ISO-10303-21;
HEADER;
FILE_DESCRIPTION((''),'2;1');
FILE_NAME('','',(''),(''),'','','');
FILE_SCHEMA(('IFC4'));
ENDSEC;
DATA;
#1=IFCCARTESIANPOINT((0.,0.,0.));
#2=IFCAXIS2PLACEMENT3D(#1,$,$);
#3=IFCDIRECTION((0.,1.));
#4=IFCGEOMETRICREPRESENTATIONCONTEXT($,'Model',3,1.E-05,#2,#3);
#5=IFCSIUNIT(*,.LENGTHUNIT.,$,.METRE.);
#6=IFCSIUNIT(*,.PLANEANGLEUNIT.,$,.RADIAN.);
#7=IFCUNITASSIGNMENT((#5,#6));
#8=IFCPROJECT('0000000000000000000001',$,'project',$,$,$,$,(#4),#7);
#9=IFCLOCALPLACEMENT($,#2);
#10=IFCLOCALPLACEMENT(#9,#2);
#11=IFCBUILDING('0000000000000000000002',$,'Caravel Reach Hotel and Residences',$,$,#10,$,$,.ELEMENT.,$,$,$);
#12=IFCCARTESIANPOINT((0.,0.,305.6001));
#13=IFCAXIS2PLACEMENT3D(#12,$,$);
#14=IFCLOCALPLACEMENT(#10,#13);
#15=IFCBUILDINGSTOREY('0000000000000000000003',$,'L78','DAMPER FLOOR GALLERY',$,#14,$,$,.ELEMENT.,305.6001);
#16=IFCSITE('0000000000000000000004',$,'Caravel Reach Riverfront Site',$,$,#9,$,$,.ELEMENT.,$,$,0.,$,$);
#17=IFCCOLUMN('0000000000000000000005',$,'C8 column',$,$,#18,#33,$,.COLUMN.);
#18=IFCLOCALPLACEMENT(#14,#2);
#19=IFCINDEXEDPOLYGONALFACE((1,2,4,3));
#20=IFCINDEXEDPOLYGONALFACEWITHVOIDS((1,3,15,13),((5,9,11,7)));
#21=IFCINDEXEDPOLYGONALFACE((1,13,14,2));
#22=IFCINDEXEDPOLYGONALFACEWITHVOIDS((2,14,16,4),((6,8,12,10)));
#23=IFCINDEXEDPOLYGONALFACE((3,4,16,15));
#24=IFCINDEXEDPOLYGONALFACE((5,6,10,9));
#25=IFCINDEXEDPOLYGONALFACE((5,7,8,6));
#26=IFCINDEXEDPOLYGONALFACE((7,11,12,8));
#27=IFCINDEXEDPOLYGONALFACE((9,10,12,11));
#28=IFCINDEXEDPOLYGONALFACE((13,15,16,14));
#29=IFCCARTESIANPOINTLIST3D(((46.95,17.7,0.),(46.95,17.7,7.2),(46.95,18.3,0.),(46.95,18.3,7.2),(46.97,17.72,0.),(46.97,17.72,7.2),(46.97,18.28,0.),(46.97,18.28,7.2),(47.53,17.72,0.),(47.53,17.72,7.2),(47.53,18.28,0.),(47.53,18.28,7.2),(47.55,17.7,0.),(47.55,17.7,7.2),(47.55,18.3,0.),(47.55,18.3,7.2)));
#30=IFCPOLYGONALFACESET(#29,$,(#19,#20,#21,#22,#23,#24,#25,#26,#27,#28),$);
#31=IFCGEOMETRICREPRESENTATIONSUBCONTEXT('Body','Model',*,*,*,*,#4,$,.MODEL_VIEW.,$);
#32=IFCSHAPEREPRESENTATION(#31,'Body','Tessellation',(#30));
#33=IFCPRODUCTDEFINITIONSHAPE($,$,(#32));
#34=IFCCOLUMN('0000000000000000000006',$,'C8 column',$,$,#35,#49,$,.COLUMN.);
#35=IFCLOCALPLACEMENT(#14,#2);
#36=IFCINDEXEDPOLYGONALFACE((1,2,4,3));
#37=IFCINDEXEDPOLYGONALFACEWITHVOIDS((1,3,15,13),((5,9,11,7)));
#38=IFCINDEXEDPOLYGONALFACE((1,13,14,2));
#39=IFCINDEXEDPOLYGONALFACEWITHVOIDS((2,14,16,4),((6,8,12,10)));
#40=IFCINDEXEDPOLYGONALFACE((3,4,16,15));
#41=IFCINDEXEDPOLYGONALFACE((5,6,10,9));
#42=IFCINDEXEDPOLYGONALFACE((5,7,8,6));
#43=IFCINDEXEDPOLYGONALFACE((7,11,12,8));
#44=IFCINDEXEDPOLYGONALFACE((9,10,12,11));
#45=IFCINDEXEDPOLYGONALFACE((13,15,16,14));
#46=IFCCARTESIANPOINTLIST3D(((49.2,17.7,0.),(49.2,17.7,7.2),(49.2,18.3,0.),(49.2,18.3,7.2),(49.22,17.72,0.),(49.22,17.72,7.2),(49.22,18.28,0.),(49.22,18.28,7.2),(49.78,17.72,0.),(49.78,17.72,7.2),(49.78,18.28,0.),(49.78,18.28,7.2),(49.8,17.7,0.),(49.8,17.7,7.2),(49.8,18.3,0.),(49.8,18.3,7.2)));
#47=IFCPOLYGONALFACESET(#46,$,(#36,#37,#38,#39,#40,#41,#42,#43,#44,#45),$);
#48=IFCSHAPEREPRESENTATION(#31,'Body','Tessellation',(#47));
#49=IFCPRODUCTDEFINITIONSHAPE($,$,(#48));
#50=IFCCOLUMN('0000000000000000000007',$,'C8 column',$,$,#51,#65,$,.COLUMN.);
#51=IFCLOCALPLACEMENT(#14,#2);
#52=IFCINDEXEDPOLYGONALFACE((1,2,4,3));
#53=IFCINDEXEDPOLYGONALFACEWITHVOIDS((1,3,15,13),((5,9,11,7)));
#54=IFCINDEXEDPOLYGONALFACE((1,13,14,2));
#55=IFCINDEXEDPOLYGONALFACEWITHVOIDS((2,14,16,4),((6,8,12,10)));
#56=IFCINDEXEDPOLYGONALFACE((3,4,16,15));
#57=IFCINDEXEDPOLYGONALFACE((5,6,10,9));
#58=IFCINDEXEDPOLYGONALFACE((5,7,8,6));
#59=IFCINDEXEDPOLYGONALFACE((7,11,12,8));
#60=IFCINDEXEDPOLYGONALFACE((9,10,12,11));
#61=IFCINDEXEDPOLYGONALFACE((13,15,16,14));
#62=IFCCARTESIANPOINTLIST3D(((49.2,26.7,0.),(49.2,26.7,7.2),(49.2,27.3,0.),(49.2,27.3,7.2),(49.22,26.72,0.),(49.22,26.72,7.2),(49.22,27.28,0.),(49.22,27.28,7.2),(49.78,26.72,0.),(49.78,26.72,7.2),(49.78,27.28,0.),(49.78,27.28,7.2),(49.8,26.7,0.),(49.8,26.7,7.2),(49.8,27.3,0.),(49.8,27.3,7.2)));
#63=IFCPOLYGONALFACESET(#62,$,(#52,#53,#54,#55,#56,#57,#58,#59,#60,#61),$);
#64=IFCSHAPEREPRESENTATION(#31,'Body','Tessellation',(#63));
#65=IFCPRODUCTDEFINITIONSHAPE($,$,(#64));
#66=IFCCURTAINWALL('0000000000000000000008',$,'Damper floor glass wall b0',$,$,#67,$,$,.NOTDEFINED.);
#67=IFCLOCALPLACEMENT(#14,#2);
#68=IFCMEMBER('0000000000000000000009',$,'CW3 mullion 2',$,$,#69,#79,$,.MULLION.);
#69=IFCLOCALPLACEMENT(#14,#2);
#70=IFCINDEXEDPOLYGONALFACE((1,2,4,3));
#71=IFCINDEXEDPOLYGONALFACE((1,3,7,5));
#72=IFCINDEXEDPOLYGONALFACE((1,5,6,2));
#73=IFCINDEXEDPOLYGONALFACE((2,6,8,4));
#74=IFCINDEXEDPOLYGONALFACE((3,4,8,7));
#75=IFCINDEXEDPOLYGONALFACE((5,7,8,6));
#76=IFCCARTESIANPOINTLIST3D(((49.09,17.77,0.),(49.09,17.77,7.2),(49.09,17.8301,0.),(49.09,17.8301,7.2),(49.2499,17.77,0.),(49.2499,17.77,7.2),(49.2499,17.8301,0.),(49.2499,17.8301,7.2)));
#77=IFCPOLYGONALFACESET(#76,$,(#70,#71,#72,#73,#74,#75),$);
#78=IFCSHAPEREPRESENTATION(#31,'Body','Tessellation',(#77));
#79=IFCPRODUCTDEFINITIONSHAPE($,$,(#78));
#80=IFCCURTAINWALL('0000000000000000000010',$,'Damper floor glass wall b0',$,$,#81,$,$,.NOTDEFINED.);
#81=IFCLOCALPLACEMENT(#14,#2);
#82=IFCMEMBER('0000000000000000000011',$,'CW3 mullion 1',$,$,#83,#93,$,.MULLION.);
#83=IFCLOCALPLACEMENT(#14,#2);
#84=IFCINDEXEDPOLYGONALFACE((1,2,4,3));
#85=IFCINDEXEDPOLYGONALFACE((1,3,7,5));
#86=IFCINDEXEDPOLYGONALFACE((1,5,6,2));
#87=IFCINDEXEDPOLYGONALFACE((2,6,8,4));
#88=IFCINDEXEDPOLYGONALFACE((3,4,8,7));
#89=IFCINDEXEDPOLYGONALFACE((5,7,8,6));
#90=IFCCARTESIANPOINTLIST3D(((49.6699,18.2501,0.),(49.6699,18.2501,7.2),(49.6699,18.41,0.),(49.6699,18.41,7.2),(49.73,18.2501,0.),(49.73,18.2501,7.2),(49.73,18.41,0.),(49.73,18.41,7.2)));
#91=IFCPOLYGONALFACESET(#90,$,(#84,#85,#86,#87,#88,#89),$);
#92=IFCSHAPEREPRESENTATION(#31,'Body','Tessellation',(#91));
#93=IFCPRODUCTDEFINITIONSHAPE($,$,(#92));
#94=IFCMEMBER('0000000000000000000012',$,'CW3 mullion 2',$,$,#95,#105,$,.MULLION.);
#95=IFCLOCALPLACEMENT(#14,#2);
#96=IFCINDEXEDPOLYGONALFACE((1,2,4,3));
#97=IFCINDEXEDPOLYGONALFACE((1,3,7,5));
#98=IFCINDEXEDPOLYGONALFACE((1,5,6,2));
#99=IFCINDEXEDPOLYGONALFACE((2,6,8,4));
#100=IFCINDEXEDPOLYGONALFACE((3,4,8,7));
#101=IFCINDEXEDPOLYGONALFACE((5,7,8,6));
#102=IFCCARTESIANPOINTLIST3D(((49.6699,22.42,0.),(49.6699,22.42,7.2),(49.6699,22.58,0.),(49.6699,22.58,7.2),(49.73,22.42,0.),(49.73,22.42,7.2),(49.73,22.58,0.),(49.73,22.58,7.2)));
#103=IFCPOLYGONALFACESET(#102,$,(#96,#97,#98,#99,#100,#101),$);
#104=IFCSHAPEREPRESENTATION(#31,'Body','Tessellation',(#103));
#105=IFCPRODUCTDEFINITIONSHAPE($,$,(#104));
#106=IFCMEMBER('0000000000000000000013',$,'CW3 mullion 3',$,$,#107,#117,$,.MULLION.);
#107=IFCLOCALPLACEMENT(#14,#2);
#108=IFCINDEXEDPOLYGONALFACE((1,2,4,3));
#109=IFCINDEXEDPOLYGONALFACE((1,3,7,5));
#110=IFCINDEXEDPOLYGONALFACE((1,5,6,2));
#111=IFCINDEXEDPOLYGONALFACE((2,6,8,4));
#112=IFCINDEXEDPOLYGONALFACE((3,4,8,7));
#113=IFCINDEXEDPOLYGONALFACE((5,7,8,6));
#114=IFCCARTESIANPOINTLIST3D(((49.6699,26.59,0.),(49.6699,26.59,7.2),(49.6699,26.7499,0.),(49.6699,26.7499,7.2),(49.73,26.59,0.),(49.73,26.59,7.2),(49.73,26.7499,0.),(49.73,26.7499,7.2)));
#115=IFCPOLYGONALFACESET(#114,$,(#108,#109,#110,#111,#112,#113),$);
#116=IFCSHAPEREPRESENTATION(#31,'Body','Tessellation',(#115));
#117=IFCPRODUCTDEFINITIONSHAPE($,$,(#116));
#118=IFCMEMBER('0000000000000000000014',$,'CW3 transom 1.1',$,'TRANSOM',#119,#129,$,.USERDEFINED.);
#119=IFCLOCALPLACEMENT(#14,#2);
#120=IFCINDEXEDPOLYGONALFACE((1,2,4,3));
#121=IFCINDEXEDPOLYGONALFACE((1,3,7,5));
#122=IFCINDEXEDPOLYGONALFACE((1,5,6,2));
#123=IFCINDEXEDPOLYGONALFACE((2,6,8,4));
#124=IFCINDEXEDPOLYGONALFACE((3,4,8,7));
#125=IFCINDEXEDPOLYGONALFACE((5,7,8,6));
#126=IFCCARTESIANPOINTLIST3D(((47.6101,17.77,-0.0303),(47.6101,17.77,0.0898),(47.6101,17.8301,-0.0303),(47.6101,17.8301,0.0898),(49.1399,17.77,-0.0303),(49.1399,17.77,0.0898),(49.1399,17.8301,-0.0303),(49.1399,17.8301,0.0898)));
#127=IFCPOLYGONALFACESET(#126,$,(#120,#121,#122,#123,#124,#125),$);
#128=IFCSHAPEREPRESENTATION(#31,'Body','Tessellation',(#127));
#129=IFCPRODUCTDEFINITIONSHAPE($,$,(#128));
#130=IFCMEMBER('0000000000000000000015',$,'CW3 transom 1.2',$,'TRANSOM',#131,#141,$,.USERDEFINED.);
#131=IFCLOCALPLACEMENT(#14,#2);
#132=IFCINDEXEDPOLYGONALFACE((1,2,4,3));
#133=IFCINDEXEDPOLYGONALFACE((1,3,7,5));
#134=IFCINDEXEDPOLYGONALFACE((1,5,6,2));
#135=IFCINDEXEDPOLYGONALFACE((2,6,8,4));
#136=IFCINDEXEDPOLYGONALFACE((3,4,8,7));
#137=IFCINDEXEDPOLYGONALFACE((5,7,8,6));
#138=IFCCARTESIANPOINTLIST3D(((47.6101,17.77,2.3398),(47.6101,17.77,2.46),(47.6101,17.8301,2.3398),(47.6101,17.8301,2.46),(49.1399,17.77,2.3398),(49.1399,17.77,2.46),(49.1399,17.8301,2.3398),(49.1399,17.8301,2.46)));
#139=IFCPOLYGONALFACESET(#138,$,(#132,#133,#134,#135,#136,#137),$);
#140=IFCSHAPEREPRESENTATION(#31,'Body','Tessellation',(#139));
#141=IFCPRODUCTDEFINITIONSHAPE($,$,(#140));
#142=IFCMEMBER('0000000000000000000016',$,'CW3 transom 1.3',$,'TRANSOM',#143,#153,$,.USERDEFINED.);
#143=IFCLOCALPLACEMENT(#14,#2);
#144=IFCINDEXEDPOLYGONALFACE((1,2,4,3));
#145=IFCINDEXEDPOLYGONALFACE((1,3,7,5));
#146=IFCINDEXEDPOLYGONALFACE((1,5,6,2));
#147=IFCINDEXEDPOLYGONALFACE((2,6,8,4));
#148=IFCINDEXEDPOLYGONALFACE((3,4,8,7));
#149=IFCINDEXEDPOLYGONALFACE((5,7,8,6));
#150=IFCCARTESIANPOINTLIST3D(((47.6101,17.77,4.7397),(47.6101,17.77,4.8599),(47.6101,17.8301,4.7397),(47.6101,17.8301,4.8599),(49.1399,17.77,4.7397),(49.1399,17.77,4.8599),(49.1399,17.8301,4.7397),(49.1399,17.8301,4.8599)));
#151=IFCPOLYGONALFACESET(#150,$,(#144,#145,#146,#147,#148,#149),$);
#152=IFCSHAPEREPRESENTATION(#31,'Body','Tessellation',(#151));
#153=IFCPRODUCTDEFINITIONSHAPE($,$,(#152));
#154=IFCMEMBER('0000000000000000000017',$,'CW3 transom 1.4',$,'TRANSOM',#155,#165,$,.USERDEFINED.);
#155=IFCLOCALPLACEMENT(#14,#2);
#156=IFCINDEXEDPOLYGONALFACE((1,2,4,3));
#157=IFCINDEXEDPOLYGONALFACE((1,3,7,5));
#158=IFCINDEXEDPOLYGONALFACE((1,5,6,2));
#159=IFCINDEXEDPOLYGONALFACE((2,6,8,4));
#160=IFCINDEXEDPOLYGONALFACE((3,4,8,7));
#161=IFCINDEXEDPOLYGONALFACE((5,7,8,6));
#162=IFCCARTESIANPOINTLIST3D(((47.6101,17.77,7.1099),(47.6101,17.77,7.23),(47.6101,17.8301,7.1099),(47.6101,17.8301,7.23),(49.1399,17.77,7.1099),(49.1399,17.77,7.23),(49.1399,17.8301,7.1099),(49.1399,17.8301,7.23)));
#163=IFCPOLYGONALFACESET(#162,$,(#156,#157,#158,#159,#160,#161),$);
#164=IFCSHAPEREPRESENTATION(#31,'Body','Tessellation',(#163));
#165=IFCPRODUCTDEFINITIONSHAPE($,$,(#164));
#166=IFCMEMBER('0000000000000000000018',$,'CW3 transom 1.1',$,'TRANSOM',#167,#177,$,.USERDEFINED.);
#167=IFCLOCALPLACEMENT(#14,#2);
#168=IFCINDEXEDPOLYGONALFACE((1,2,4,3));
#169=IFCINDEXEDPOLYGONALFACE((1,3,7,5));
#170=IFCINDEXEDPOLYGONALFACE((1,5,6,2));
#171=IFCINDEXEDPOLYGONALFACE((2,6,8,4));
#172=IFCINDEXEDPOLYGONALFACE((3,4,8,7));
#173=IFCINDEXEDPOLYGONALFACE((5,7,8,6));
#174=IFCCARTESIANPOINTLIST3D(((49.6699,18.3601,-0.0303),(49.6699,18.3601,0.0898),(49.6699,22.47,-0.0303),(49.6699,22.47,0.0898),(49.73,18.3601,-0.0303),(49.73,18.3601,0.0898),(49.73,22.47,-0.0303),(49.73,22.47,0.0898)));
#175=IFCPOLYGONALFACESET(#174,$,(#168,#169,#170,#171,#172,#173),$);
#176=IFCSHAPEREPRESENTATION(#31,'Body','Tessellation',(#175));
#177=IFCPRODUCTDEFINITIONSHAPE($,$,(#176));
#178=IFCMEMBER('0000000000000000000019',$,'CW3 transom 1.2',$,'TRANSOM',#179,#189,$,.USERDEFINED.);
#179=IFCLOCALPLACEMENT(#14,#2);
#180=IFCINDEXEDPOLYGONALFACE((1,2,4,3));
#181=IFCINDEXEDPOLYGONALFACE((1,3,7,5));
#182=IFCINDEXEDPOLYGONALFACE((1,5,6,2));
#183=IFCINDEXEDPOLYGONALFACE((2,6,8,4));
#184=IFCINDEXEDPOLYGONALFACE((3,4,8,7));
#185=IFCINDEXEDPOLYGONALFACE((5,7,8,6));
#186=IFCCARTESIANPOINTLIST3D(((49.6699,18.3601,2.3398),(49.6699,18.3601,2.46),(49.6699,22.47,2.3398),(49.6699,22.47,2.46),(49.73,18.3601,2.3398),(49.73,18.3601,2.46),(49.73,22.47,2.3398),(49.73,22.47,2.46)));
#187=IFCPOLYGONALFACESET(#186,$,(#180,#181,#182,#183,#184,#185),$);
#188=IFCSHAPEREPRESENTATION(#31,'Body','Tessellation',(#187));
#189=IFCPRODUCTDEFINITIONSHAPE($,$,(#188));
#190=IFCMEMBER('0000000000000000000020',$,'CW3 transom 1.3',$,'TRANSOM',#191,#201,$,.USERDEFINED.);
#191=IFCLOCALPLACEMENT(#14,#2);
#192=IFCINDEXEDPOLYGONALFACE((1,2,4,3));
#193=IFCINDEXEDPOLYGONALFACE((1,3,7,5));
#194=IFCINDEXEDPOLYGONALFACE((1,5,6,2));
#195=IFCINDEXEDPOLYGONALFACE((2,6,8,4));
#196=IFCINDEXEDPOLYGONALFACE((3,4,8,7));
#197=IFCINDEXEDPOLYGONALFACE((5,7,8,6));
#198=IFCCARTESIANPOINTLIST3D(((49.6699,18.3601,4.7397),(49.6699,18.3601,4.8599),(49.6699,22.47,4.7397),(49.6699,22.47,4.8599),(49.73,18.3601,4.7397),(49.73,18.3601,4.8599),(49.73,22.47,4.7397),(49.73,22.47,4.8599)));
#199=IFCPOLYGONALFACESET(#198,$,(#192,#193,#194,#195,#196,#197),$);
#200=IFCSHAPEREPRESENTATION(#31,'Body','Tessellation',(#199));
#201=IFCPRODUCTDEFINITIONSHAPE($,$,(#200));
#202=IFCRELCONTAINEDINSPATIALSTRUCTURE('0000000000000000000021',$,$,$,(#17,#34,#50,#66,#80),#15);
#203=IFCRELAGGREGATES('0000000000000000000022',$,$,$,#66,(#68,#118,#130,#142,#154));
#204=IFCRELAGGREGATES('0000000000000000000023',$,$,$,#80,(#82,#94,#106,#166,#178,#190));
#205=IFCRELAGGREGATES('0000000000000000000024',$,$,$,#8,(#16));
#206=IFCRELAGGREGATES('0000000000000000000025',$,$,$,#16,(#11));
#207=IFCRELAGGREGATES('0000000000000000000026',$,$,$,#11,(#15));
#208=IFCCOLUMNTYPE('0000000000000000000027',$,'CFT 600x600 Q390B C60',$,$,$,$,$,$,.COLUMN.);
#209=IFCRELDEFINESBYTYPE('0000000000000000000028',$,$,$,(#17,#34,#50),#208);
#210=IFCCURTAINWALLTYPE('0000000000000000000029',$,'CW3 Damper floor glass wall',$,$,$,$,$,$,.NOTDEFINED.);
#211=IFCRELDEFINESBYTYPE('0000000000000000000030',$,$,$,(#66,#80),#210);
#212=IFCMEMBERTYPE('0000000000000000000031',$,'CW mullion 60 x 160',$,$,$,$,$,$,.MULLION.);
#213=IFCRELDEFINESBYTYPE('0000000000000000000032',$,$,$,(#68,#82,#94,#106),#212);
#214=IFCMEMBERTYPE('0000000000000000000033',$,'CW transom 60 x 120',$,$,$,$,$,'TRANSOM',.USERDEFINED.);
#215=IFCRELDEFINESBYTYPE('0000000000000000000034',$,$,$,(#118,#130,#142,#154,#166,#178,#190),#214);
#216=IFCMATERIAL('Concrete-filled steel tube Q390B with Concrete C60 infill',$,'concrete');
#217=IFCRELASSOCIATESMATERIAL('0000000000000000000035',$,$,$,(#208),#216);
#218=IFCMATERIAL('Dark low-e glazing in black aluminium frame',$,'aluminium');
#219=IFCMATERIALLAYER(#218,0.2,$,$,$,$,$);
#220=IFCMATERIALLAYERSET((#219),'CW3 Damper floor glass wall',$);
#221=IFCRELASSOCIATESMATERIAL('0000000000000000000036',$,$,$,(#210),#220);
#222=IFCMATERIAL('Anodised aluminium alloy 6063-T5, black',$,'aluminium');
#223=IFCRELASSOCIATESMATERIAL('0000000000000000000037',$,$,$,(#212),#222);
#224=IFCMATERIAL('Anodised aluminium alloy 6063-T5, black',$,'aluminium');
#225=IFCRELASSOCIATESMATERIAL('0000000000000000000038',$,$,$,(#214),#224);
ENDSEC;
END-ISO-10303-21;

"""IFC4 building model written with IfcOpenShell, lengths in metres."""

from ifc_helpers import new_model, si_unit, direction, frame, origin, origin_2d, place, context, subcontext, project, spatial, rectangle, hollow_rectangle, extrude, material, layer, layer_set, material_profile, profile_set, type_object, element, aggregate, save


model = new_model("IFC4")

# Units and contexts
model_context = context("Model", 3, precision=1e-05, world=origin(), true_north=direction((0.0, 1.0)))
body_context = subcontext(model_context, "Body", "Model", "MODEL_VIEW")
ifc_project = project(units=[si_unit("LENGTHUNIT", "METRE"), si_unit("PLANEANGLEUNIT", "RADIAN")], contexts=[model_context])

# Site, building, storey
site_placement = place(None, origin())
site = spatial("IfcSite", under=ifc_project, at=site_placement, Name="Caravel Reach Riverfront Site", CompositionType="ELEMENT", RefElevation=0.0)
building_placement = place(site_placement, origin())
building = spatial("IfcBuilding", under=site, at=building_placement, Name="Caravel Reach Hotel and Residences", CompositionType="ELEMENT")
storey_placement = place(building_placement, frame((0.0, 0.0, 305.6001)))
storey = spatial("IfcBuildingStorey", under=building, at=storey_placement, Name="L78", Description="DAMPER FLOOR GALLERY", CompositionType="ELEMENT", Elevation=305.6001)

# Columns
ifc_material_1 = material(Name="Concrete-filled steel tube Q390B with Concrete C60 infill", Category="concrete")
ifc_material_profile_1 = material_profile(ifc_material_1, hollow_rectangle(XDim=0.6001, YDim=0.6001, WallThickness=0.02, at=origin_2d()), Name="RHS 600x600x20")
ifc_profile_set_1 = profile_set([ifc_material_profile_1], Name="Concrete-filled steel tube Q390B with Concrete C60 infill")
column_type = type_object("IfcColumnType", Name="CFT 600x600 Q390B C60", PredefinedType="COLUMN", material=ifc_profile_set_1)
for number, where, z_axis, x_axis, name in (
    (1, (47.25, 18.0, 0.0), (0.0, 0.0, 1.0), (1.0, 0.0, 0.0), "C8 column"),
    (2, (49.5, 18.0, 0.0), (0.0, 0.0, 1.0), (1.0, 0.0, 0.0), "C8 column"),
    (3, (49.5, 27.0, 0.0), (0.0, 0.0, 1.0), (1.0, 0.0, 0.0), "C8 column"),
):
    element("IfcColumn", number, at=place(storey_placement, frame(where, z_axis=z_axis, x_axis=x_axis)), inside=storey, type_object=column_type, Name=name, PredefinedType="COLUMN", context=body_context, shape_type="SweptSolid", body=[
        extrude(hollow_rectangle(XDim=0.6001, YDim=0.6001, WallThickness=0.02, at=origin_2d()), origin(), (0.0, 0.0, 1.0), 7.2),
    ])

# Curtain wall, member
ifc_material_2 = material(Name="Dark low-e glazing in black aluminium frame", Category="aluminium")
ifc_layer_1 = layer(ifc_material_2, 0.2)
ifc_layer_set_1 = layer_set([ifc_layer_1], Name="CW3 Damper floor glass wall")
curtain_wall_type = type_object("IfcCurtainWallType", Name="CW3 Damper floor glass wall", PredefinedType="NOTDEFINED", material=ifc_layer_set_1)
curtain_wall_1_placement = place(storey_placement, origin())
curtain_wall_1 = element("IfcCurtainWall", 4, at=curtain_wall_1_placement, inside=storey, type_object=curtain_wall_type, Name="Damper floor glass wall b0", PredefinedType="NOTDEFINED")
ifc_material_3 = material(Name="Anodised aluminium alloy 6063-T5, black", Category="aluminium")
ifc_material_profile_2 = material_profile(ifc_material_3, rectangle(XDim=0.0601, YDim=0.1599, at=origin_2d()), Name="CW mullion 60 x 160")
ifc_profile_set_2 = profile_set([ifc_material_profile_2], Name="Anodised aluminium alloy 6063-T5, black")
member_type_1 = type_object("IfcMemberType", Name="CW mullion 60 x 160", PredefinedType="MULLION", material=ifc_profile_set_2)
member_1_placement = place(storey_placement, frame((49.1699, 17.8, 0.0), z_axis=(0.0, 0.0, 1.0), x_axis=(0.0, 1.0, 0.0)))
member_1 = element("IfcMember", 5, at=member_1_placement, type_object=member_type_1, Name="CW3 mullion 2", PredefinedType="MULLION", context=body_context, shape_type="SweptSolid", body=[
    extrude(rectangle(XDim=0.0601, YDim=0.1599, at=origin_2d()), origin(), (0.0, 0.0, 1.0), 7.2),
])

# Curtain wall, members
curtain_wall_2_placement = place(storey_placement, origin())
curtain_wall_2 = element("IfcCurtainWall", 6, at=curtain_wall_2_placement, inside=storey, type_object=curtain_wall_type, Name="Damper floor glass wall b0", PredefinedType="NOTDEFINED")
member_2_placement = place(storey_placement, frame((49.7, 18.3301, 0.0), z_axis=(0.0, 0.0, 1.0), x_axis=(-1.0, 0.0, 0.0)))
member_2 = element("IfcMember", 7, at=member_2_placement, type_object=member_type_1, Name="CW3 mullion 1", PredefinedType="MULLION", context=body_context, shape_type="SweptSolid", body=[
    extrude(rectangle(XDim=0.0601, YDim=0.1599, at=origin_2d()), origin(), (0.0, 0.0, 1.0), 7.2),
])
member_3_placement = place(storey_placement, frame((49.7, 22.5, 0.0), z_axis=(0.0, 0.0, 1.0), x_axis=(-1.0, 0.0, 0.0)))
member_3 = element("IfcMember", 8, at=member_3_placement, type_object=member_type_1, Name="CW3 mullion 2", PredefinedType="MULLION", context=body_context, shape_type="SweptSolid", body=[
    extrude(rectangle(XDim=0.0601, YDim=0.1599, at=origin_2d()), origin(), (0.0, 0.0, 1.0), 7.2),
])
member_4_placement = place(storey_placement, frame((49.7, 26.6699, 0.0), z_axis=(0.0, 0.0, 1.0), x_axis=(-1.0, 0.0, 0.0)))
member_4 = element("IfcMember", 9, at=member_4_placement, type_object=member_type_1, Name="CW3 mullion 3", PredefinedType="MULLION", context=body_context, shape_type="SweptSolid", body=[
    extrude(rectangle(XDim=0.0601, YDim=0.1599, at=origin_2d()), origin(), (0.0, 0.0, 1.0), 7.2),
])

# Members
ifc_material_4 = material(Name="Anodised aluminium alloy 6063-T5, black", Category="aluminium")
ifc_material_profile_3 = material_profile(ifc_material_4, rectangle(XDim=0.0601, YDim=0.1201, at=origin_2d()), Name="CW transom 60 x 120")
ifc_profile_set_3 = profile_set([ifc_material_profile_3], Name="Anodised aluminium alloy 6063-T5, black")
member_type_2 = type_object("IfcMemberType", Name="CW transom 60 x 120", ElementType="TRANSOM", PredefinedType="USERDEFINED", material=ifc_profile_set_3)
member_5_placement = place(storey_placement, frame((47.6101, 17.8, 0.0298), z_axis=(1.0, 0.0, 0.0), x_axis=(0.0, 1.0, 0.0)))
member_5 = element("IfcMember", 10, at=member_5_placement, type_object=member_type_2, Name="CW3 transom 1.1", ObjectType="TRANSOM", PredefinedType="USERDEFINED", context=body_context, shape_type="SweptSolid", body=[
    extrude(rectangle(XDim=0.0601, YDim=0.1201, at=origin_2d()), origin(), (0.0, 0.0, 1.0), 1.5298),
])
member_6_placement = place(storey_placement, frame((47.6101, 17.8, 2.3999), z_axis=(1.0, 0.0, 0.0), x_axis=(0.0, 1.0, 0.0)))
member_6 = element("IfcMember", 11, at=member_6_placement, type_object=member_type_2, Name="CW3 transom 1.2", ObjectType="TRANSOM", PredefinedType="USERDEFINED", context=body_context, shape_type="SweptSolid", body=[
    extrude(rectangle(XDim=0.0601, YDim=0.1201, at=origin_2d()), origin(), (0.0, 0.0, 1.0), 1.5298),
])
member_7_placement = place(storey_placement, frame((47.6101, 17.8, 4.7998), z_axis=(1.0, 0.0, 0.0), x_axis=(0.0, 1.0, 0.0)))
member_7 = element("IfcMember", 12, at=member_7_placement, type_object=member_type_2, Name="CW3 transom 1.3", ObjectType="TRANSOM", PredefinedType="USERDEFINED", context=body_context, shape_type="SweptSolid", body=[
    extrude(rectangle(XDim=0.0601, YDim=0.1201, at=origin_2d()), origin(), (0.0, 0.0, 1.0), 1.5298),
])
member_8_placement = place(storey_placement, frame((47.6101, 17.8, 7.1699), z_axis=(1.0, 0.0, 0.0), x_axis=(0.0, 1.0, 0.0)))
member_8 = element("IfcMember", 13, at=member_8_placement, type_object=member_type_2, Name="CW3 transom 1.4", ObjectType="TRANSOM", PredefinedType="USERDEFINED", context=body_context, shape_type="SweptSolid", body=[
    extrude(rectangle(XDim=0.0601, YDim=0.1201, at=origin_2d()), origin(), (0.0, 0.0, 1.0), 1.5298),
])
member_9_placement = place(storey_placement, frame((49.7, 18.3601, 0.0298), z_axis=(0.0, 1.0, 0.0), x_axis=(-1.0, 0.0, 0.0)))
member_9 = element("IfcMember", 14, at=member_9_placement, type_object=member_type_2, Name="CW3 transom 1.1", ObjectType="TRANSOM", PredefinedType="USERDEFINED", context=body_context, shape_type="SweptSolid", body=[
    extrude(rectangle(XDim=0.0601, YDim=0.1201, at=origin_2d()), origin(), (0.0, 0.0, 1.0), 4.1099),
])
member_10_placement = place(storey_placement, frame((49.7, 18.3601, 2.3999), z_axis=(0.0, 1.0, 0.0), x_axis=(-1.0, 0.0, 0.0)))
member_10 = element("IfcMember", 15, at=member_10_placement, type_object=member_type_2, Name="CW3 transom 1.2", ObjectType="TRANSOM", PredefinedType="USERDEFINED", context=body_context, shape_type="SweptSolid", body=[
    extrude(rectangle(XDim=0.0601, YDim=0.1201, at=origin_2d()), origin(), (0.0, 0.0, 1.0), 4.1099),
])
member_11_placement = place(storey_placement, frame((49.7, 18.3601, 4.7998), z_axis=(0.0, 1.0, 0.0), x_axis=(-1.0, 0.0, 0.0)))
member_11 = element("IfcMember", 16, at=member_11_placement, type_object=member_type_2, Name="CW3 transom 1.3", ObjectType="TRANSOM", PredefinedType="USERDEFINED", context=body_context, shape_type="SweptSolid", body=[
    extrude(rectangle(XDim=0.0601, YDim=0.1201, at=origin_2d()), origin(), (0.0, 0.0, 1.0), 4.1099),
])

aggregate(curtain_wall_1, [member_1, member_5, member_6, member_7, member_8])
aggregate(curtain_wall_2, [member_2, member_3, member_4, member_9, member_10, member_11])

save(model, "model.ifc")
